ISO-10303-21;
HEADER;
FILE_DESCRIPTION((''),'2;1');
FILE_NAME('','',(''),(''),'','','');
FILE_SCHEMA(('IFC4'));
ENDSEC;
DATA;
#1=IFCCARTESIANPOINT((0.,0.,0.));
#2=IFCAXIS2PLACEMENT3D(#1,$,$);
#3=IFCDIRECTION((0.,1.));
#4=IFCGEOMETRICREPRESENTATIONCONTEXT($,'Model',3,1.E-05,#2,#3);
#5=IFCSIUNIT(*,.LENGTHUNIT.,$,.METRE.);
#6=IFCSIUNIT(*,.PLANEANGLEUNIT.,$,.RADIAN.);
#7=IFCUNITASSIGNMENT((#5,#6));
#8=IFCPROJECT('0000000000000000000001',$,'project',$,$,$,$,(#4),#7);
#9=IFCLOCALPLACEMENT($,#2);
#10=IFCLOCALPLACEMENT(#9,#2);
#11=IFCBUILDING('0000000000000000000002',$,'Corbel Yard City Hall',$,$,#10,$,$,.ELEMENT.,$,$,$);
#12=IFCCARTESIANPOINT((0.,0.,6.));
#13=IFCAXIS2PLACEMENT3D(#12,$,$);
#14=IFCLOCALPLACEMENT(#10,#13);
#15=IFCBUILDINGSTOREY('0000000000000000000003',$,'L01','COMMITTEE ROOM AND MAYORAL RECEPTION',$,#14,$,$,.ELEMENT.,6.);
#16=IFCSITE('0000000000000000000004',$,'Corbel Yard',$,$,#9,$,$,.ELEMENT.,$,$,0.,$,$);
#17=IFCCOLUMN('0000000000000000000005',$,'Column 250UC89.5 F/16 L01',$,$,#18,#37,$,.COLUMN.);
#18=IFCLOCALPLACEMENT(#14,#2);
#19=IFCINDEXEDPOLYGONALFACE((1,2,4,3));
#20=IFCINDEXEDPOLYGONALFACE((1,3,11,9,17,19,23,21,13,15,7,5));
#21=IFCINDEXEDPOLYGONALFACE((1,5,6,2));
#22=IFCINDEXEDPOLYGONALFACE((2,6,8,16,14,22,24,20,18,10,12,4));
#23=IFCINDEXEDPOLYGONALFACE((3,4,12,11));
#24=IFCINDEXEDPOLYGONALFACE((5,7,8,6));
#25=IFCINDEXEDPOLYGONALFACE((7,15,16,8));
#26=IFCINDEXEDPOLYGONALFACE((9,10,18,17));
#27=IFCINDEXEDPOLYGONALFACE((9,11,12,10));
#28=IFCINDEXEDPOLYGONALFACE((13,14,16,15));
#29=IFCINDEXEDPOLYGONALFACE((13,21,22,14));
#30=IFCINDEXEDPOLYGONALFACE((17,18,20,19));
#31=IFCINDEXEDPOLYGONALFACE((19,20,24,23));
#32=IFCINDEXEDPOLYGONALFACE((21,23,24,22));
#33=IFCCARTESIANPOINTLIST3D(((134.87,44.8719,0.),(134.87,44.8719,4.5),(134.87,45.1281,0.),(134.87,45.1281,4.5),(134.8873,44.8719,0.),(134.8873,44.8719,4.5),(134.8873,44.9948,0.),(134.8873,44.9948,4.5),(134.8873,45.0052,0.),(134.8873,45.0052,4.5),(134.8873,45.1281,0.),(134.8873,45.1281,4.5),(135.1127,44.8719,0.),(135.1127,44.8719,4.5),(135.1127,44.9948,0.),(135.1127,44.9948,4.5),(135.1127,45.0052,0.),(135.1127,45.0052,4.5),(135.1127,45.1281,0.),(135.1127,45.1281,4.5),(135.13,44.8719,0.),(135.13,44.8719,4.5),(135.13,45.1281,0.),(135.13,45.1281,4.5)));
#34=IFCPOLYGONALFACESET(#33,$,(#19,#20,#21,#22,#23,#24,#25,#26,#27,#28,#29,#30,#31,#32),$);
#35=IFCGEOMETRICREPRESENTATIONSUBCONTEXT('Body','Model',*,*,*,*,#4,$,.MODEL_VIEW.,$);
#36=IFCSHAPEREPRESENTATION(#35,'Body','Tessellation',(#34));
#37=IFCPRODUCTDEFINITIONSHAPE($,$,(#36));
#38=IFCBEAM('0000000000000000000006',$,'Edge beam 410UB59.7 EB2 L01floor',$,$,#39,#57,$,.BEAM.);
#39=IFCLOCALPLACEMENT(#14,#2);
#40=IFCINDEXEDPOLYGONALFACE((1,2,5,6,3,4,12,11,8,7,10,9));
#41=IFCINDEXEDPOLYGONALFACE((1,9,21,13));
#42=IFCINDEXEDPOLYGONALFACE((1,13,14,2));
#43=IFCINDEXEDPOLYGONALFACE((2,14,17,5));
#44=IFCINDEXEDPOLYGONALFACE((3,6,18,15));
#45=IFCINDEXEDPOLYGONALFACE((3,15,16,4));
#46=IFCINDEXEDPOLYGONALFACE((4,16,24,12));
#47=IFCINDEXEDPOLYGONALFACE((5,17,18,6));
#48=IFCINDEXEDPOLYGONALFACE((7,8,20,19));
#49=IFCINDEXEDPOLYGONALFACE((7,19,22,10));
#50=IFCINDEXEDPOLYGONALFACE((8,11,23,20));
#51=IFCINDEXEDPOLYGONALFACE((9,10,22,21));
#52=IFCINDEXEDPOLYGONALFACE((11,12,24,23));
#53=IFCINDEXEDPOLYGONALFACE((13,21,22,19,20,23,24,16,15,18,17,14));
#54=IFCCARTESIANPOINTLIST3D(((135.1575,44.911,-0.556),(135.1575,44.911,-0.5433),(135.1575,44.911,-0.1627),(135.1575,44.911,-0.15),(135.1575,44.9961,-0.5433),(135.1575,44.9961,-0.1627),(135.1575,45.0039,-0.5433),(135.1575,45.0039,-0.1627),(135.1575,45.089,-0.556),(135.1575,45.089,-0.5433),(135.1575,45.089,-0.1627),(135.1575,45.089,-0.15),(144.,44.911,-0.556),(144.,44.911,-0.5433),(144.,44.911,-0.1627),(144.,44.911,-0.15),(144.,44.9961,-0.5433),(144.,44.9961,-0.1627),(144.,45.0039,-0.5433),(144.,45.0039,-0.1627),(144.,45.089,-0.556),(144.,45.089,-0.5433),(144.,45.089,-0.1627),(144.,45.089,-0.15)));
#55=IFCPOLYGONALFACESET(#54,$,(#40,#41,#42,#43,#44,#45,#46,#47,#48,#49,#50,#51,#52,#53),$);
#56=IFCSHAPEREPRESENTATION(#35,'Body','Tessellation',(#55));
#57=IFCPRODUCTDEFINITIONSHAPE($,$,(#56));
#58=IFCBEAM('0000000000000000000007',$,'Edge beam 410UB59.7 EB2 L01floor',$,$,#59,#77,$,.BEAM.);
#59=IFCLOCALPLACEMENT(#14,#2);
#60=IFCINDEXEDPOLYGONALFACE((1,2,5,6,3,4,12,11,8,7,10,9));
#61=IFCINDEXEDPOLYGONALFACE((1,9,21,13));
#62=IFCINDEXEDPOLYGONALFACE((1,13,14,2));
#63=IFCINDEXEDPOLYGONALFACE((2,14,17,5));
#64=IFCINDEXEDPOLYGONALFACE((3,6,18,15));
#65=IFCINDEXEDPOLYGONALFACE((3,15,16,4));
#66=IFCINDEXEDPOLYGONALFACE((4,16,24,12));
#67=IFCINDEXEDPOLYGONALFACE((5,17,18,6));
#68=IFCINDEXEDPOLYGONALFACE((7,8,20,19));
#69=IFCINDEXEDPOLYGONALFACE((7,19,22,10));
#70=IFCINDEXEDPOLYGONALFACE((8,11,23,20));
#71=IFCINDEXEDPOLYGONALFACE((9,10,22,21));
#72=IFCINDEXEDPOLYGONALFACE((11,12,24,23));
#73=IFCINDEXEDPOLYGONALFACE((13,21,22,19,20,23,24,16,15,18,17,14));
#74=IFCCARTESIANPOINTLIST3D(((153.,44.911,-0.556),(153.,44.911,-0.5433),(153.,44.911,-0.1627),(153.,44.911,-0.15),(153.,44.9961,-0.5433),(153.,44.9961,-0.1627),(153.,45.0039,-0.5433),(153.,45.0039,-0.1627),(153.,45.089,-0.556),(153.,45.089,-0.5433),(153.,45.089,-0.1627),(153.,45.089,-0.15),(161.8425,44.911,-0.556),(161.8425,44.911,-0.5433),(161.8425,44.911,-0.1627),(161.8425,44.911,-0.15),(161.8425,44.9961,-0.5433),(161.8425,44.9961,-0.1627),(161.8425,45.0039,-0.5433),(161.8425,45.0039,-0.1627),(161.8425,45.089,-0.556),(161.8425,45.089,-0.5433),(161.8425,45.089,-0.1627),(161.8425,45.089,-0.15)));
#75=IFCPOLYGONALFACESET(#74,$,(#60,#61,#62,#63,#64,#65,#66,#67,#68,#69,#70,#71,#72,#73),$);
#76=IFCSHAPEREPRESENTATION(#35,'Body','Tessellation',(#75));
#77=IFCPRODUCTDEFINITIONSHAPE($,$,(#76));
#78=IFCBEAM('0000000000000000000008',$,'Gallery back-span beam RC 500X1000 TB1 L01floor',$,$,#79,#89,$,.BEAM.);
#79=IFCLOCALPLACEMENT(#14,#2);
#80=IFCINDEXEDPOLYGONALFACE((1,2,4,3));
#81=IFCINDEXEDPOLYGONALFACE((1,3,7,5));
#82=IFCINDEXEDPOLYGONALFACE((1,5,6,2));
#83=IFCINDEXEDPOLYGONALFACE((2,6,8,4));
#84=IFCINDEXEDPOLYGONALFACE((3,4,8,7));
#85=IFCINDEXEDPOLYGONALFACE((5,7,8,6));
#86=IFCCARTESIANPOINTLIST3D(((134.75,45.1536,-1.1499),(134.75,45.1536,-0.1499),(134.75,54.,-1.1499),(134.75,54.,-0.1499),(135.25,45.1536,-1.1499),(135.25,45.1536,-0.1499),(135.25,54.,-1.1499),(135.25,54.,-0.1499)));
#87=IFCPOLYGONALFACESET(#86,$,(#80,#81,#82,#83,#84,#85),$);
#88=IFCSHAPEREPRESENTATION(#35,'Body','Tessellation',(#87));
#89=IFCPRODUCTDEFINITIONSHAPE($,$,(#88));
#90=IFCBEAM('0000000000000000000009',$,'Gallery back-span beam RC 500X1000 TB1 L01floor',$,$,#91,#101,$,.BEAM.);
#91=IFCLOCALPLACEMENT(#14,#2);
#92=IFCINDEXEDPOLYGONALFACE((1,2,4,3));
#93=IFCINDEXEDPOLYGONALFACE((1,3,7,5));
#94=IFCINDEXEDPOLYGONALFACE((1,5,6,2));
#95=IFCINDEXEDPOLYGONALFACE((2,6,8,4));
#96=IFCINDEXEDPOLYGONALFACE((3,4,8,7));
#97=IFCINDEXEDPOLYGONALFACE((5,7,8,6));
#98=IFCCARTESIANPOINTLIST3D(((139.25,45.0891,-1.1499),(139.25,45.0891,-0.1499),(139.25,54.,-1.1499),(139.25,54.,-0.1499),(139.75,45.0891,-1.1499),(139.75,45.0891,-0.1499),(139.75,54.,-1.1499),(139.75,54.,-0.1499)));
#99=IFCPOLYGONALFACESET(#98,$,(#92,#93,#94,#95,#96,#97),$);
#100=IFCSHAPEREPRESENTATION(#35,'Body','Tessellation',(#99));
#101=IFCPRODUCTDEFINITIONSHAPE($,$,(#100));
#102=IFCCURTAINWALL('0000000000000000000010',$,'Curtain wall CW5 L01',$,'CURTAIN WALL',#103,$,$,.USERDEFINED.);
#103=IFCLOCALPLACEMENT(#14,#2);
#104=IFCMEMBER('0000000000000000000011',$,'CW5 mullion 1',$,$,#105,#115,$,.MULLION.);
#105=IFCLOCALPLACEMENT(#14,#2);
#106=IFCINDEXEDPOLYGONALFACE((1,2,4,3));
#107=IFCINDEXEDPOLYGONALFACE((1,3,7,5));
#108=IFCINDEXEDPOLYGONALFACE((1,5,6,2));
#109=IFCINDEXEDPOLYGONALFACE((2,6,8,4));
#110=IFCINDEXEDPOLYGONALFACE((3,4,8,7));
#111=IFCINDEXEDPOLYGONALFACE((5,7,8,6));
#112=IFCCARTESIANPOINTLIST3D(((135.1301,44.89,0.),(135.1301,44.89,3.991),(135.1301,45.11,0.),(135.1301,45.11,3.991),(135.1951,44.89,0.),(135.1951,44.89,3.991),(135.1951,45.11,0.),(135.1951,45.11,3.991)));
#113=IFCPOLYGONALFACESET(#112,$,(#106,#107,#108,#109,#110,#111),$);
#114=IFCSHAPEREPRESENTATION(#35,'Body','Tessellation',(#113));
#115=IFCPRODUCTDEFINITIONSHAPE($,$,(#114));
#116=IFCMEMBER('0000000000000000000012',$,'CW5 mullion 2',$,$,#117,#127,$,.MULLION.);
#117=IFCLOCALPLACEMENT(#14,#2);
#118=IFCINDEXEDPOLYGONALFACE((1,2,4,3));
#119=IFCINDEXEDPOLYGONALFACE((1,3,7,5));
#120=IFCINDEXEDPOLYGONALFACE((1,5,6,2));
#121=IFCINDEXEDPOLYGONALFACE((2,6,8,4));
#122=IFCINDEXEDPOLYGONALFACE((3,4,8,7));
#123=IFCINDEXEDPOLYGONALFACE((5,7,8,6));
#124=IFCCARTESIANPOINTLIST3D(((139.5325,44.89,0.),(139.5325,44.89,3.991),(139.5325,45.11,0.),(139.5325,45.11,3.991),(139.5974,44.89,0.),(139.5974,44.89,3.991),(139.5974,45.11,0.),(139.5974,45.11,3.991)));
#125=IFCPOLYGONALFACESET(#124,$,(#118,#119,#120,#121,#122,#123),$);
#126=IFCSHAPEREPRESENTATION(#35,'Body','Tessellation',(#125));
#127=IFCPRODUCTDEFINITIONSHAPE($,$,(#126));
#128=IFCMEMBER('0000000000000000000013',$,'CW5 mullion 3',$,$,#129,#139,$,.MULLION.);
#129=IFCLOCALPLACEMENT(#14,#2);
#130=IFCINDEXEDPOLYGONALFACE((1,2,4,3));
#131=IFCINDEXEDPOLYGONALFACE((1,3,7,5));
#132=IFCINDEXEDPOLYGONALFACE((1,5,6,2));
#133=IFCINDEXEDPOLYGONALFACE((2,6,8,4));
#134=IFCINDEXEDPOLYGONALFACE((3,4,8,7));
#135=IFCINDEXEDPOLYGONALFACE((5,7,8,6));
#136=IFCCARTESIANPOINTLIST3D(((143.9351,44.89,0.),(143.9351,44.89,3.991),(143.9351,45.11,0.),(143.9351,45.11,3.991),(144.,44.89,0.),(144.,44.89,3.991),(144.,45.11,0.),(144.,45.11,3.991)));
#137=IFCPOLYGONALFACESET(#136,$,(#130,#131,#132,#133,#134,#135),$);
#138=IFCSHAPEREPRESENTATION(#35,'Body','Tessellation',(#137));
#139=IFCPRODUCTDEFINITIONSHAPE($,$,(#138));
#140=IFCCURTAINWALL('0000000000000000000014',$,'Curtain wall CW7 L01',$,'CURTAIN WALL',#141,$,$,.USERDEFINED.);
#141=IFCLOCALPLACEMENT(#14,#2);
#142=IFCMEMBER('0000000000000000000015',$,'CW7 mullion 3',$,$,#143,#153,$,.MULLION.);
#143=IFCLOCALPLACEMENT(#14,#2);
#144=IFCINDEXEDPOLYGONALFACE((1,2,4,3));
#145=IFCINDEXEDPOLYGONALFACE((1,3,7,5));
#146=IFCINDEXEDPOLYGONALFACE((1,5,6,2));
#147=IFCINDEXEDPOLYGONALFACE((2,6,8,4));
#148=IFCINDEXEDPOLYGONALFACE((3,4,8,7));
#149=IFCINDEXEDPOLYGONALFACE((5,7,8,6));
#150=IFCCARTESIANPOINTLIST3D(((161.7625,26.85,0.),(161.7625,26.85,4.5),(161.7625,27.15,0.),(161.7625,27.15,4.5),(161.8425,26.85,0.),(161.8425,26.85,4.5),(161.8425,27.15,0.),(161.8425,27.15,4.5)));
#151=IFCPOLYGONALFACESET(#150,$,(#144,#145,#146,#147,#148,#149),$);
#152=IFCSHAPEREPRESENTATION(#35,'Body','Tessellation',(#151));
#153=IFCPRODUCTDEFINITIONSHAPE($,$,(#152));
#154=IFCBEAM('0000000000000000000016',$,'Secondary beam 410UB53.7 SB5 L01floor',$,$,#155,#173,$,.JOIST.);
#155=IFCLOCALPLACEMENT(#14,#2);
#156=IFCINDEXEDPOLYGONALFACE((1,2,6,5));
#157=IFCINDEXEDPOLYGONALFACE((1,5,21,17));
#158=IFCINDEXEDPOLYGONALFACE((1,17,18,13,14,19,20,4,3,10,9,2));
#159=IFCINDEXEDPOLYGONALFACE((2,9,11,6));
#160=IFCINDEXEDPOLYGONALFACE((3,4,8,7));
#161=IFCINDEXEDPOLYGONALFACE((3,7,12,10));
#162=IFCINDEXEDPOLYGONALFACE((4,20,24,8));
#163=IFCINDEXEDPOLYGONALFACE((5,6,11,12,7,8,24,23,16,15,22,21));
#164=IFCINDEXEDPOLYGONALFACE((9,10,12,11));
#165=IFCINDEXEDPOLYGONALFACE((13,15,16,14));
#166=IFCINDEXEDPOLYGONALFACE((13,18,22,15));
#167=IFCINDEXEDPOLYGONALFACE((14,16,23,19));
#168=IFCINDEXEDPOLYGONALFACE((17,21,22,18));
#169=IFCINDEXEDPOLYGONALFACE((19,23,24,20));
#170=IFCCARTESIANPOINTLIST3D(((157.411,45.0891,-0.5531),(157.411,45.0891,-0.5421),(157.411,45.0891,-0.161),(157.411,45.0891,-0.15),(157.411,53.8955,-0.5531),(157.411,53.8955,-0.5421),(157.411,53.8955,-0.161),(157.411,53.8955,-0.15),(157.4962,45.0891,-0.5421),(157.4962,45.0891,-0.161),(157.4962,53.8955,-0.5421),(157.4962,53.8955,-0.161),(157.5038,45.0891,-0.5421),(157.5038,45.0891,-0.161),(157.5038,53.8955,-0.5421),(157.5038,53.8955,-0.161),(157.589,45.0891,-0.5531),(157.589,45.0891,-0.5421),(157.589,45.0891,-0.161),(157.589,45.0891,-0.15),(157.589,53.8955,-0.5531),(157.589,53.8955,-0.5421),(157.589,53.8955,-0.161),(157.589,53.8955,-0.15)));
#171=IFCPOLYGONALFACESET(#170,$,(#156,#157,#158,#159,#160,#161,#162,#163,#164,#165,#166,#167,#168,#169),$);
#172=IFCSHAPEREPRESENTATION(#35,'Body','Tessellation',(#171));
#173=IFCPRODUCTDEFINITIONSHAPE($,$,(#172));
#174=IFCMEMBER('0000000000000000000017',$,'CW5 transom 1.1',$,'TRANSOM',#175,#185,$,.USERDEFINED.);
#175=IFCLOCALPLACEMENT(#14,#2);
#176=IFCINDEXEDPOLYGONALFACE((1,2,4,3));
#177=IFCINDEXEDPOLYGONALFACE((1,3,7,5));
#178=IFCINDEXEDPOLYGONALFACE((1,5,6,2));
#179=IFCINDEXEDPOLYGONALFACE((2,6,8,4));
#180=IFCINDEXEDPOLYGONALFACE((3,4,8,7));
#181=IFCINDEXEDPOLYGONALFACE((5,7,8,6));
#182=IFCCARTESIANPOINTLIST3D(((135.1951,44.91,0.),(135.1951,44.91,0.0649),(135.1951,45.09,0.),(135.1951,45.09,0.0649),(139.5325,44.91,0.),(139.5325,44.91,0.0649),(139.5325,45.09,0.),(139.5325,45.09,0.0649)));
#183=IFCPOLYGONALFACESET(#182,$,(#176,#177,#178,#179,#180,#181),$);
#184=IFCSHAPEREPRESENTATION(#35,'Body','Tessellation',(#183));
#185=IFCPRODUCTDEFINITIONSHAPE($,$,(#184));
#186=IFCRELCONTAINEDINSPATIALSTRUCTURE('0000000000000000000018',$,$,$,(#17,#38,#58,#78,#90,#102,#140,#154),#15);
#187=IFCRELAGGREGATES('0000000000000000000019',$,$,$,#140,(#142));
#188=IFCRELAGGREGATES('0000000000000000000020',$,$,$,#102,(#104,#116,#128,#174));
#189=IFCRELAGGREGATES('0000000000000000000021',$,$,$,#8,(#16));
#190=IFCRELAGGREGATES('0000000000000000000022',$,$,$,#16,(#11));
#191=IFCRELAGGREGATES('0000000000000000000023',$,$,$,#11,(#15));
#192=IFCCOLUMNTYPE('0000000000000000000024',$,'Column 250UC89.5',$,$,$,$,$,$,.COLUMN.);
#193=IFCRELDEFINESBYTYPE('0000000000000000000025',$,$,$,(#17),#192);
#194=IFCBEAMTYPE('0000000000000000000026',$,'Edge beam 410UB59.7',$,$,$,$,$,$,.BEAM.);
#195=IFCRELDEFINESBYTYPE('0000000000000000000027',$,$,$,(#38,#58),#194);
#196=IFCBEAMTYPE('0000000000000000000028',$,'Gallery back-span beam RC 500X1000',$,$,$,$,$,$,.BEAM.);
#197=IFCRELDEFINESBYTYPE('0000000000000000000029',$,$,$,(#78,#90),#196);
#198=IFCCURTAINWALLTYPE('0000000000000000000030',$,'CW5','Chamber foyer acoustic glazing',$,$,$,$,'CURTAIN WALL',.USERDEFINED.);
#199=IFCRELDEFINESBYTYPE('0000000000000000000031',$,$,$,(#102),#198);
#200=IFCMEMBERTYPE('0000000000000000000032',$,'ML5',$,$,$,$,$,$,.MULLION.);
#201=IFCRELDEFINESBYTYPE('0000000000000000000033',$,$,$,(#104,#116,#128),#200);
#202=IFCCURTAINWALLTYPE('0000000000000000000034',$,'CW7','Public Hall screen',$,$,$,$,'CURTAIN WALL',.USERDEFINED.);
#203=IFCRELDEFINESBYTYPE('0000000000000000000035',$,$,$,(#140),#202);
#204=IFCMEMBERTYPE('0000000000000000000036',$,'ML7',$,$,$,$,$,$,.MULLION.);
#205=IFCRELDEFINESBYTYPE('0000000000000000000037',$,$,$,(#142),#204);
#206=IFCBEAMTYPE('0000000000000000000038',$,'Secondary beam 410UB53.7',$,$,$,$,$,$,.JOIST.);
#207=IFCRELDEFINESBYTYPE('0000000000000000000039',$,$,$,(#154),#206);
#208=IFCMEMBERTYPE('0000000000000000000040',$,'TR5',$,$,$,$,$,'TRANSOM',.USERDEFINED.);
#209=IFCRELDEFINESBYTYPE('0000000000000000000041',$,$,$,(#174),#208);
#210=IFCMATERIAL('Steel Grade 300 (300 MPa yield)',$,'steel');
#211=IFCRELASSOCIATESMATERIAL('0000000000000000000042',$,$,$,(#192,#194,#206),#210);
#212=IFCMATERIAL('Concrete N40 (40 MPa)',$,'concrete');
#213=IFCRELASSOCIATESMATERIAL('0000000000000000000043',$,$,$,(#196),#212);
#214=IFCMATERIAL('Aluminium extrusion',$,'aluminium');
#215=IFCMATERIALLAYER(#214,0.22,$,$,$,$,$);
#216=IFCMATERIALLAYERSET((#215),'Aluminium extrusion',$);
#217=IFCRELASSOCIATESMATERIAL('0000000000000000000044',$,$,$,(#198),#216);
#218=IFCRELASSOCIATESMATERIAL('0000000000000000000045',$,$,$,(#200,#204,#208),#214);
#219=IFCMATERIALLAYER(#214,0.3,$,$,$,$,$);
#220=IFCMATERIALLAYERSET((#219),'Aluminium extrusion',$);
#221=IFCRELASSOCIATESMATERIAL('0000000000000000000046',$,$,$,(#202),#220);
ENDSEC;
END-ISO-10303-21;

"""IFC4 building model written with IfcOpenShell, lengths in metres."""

from ifc_helpers import new_model, si_unit, direction, frame, origin, origin_2d, place, context, subcontext, project, spatial, rectangle, i_section, extrude, material, layer, layer_set, material_profile, profile_set, type_object, element, aggregate, save


model = new_model("IFC4")

# Units and contexts
model_context = context("Model", 3, precision=1e-05, world=origin(), true_north=direction((0.0, 1.0)))
body_context = subcontext(model_context, "Body", "Model", "MODEL_VIEW")
ifc_project = project(units=[si_unit("LENGTHUNIT", "METRE"), si_unit("PLANEANGLEUNIT", "RADIAN")], contexts=[model_context])

# Site, building, storey
site_placement = place(None, origin())
site = spatial("IfcSite", under=ifc_project, at=site_placement, Name="Corbel Yard", CompositionType="ELEMENT", RefElevation=0.0)
building_placement = place(site_placement, origin())
building = spatial("IfcBuilding", under=site, at=building_placement, Name="Corbel Yard City Hall", CompositionType="ELEMENT")
storey_placement = place(building_placement, frame((0.0, 0.0, 6.0)))
storey = spatial("IfcBuildingStorey", under=building, at=storey_placement, Name="L01", Description="COMMITTEE ROOM AND MAYORAL RECEPTION", CompositionType="ELEMENT", Elevation=6.0)

# Column
ifc_material_1 = material(Name="Steel Grade 300 (300 MPa yield)", Category="steel")
ifc_material_profile_1 = material_profile(ifc_material_1, i_section(OverallWidth=0.2561, OverallDepth=0.26, WebThickness=0.0105, FlangeThickness=0.0173, at=origin_2d()), Name="250UC89.5")
ifc_profile_set_1 = profile_set([ifc_material_profile_1], Name="Steel Grade 300 (300 MPa yield)")
column_type = type_object("IfcColumnType", Name="Column 250UC89.5", PredefinedType="COLUMN", material=ifc_profile_set_1)
column_placement = place(storey_placement, frame((135.0, 45.0, 0.0), z_axis=(0.0, 0.0, 1.0), x_axis=(0.0, 1.0, 0.0)))
element("IfcColumn", 1, at=column_placement, inside=storey, type_object=column_type, Name="Column 250UC89.5 F/16 L01", PredefinedType="COLUMN", context=body_context, shape_type="SweptSolid", body=[
    extrude(i_section(OverallWidth=0.2561, OverallDepth=0.26, WebThickness=0.0105, FlangeThickness=0.0173, at=origin_2d()), origin(), (0.0, 0.0, 1.0), 4.5),
])

# Beams
ifc_material_profile_2 = material_profile(ifc_material_1, i_section(OverallWidth=0.178, OverallDepth=0.406, WebThickness=0.0078, FlangeThickness=0.0127, at=origin_2d()), Name="410UB59.7")
ifc_profile_set_2 = profile_set([ifc_material_profile_2], Name="Steel Grade 300 (300 MPa yield)")
beam_type_1 = type_object("IfcBeamType", Name="Edge beam 410UB59.7", PredefinedType="BEAM", material=ifc_profile_set_2)
for number, where, z_axis, x_axis, name in (
    (2, (135.1575, 45.0, -0.353), (1.0, 0.0, 0.0), (0.0, 1.0, 0.0), "Edge beam 410UB59.7 EB2 L01floor"),
    (3, (153.0, 45.0, -0.353), (1.0, 0.0, 0.0), (0.0, 1.0, 0.0), "Edge beam 410UB59.7 EB2 L01floor"),
):
    element("IfcBeam", number, at=place(storey_placement, frame(where, z_axis=z_axis, x_axis=x_axis)), inside=storey, type_object=beam_type_1, Name=name, PredefinedType="BEAM", context=body_context, shape_type="SweptSolid", body=[
        extrude(i_section(OverallWidth=0.178, OverallDepth=0.406, WebThickness=0.0078, FlangeThickness=0.0127, at=origin_2d()), origin(), (0.0, 0.0, 1.0), 8.8425),
    ])
ifc_material_2 = material(Name="Concrete N40 (40 MPa)", Category="concrete")
ifc_material_profile_3 = material_profile(ifc_material_2, rectangle(XDim=0.5, YDim=1.0, at=origin_2d()), Name="500x1000")
ifc_profile_set_3 = profile_set([ifc_material_profile_3], Name="Concrete N40 (40 MPa)")
beam_type_2 = type_object("IfcBeamType", Name="Gallery back-span beam RC 500X1000", PredefinedType="BEAM", material=ifc_profile_set_3)
beam_1_placement = place(storey_placement, frame((135.0, 45.1536, -0.6499), z_axis=(0.0, 1.0, 0.0), x_axis=(-1.0, 0.0, 0.0)))
element("IfcBeam", 4, at=beam_1_placement, inside=storey, type_object=beam_type_2, Name="Gallery back-span beam RC 500X1000 TB1 L01floor", PredefinedType="BEAM", context=body_context, shape_type="SweptSolid", body=[
    extrude(rectangle(XDim=0.5, YDim=1.0, at=origin_2d()), origin(), (0.0, 0.0, 1.0), 8.8464),
])
beam_2_placement = place(storey_placement, frame((139.5, 45.0891, -0.6499), z_axis=(0.0, 1.0, 0.0), x_axis=(-1.0, 0.0, 0.0)))
element("IfcBeam", 5, at=beam_2_placement, inside=storey, type_object=beam_type_2, Name="Gallery back-span beam RC 500X1000 TB1 L01floor", PredefinedType="BEAM", context=body_context, shape_type="SweptSolid", body=[
    extrude(rectangle(XDim=0.5, YDim=1.0, at=origin_2d()), origin(), (0.0, 0.0, 1.0), 8.9109),
])

# Curtain wall, members
ifc_material_3 = material(Name="Aluminium extrusion", Category="aluminium")
ifc_layer_1 = layer(ifc_material_3, 0.22)
ifc_layer_set_1 = layer_set([ifc_layer_1], Name="Aluminium extrusion")
curtain_wall_type_1 = type_object("IfcCurtainWallType", Name="CW5", Description="Chamber foyer acoustic glazing", ElementType="CURTAIN WALL", PredefinedType="USERDEFINED", material=ifc_layer_set_1)
curtain_wall_1_placement = place(storey_placement, origin())
curtain_wall_1 = element("IfcCurtainWall", 6, at=curtain_wall_1_placement, inside=storey, type_object=curtain_wall_type_1, Name="Curtain wall CW5 L01", ObjectType="CURTAIN WALL", PredefinedType="USERDEFINED")
ifc_material_profile_4 = material_profile(ifc_material_3, rectangle(XDim=0.22, YDim=0.0649, at=origin_2d()), Name="220x65")
ifc_profile_set_4 = profile_set([ifc_material_profile_4], Name="Aluminium extrusion")
member_type_1 = type_object("IfcMemberType", Name="ML5", PredefinedType="MULLION", material=ifc_profile_set_4)
member_1_placement = place(storey_placement, frame((135.1626, 45.0, 0.0), z_axis=(0.0, 0.0, 1.0), x_axis=(0.0, 1.0, 0.0)))
member_1 = element("IfcMember", 7, at=member_1_placement, type_object=member_type_1, Name="CW5 mullion 1", PredefinedType="MULLION", context=body_context, shape_type="SweptSolid", body=[
    extrude(rectangle(XDim=0.22, YDim=0.0649, at=origin_2d()), origin(), (0.0, 0.0, 1.0), 3.991),
])
member_2_placement = place(storey_placement, frame((139.5649, 45.0, 0.0), z_axis=(0.0, 0.0, 1.0), x_axis=(0.0, 1.0, 0.0)))
member_2 = element("IfcMember", 8, at=member_2_placement, type_object=member_type_1, Name="CW5 mullion 2", PredefinedType="MULLION", context=body_context, shape_type="SweptSolid", body=[
    extrude(rectangle(XDim=0.22, YDim=0.0649, at=origin_2d()), origin(), (0.0, 0.0, 1.0), 3.991),
])
member_3_placement = place(storey_placement, frame((143.9675, 45.0, 0.0), z_axis=(0.0, 0.0, 1.0), x_axis=(0.0, 1.0, 0.0)))
member_3 = element("IfcMember", 9, at=member_3_placement, type_object=member_type_1, Name="CW5 mullion 3", PredefinedType="MULLION", context=body_context, shape_type="SweptSolid", body=[
    extrude(rectangle(XDim=0.22, YDim=0.0649, at=origin_2d()), origin(), (0.0, 0.0, 1.0), 3.991),
])

# Curtain wall, member
ifc_layer_2 = layer(ifc_material_3, 0.3)
ifc_layer_set_2 = layer_set([ifc_layer_2], Name="Aluminium extrusion")
curtain_wall_type_2 = type_object("IfcCurtainWallType", Name="CW7", Description="Public Hall screen", ElementType="CURTAIN WALL", PredefinedType="USERDEFINED", material=ifc_layer_set_2)
curtain_wall_2_placement = place(storey_placement, origin())
curtain_wall_2 = element("IfcCurtainWall", 10, at=curtain_wall_2_placement, inside=storey, type_object=curtain_wall_type_2, Name="Curtain wall CW7 L01", ObjectType="CURTAIN WALL", PredefinedType="USERDEFINED")
ifc_material_profile_5 = material_profile(ifc_material_3, rectangle(XDim=0.3, YDim=0.0801, at=origin_2d()), Name="300x80")
ifc_profile_set_5 = profile_set([ifc_material_profile_5], Name="Aluminium extrusion")
member_type_2 = type_object("IfcMemberType", Name="ML7", PredefinedType="MULLION", material=ifc_profile_set_5)
member_4_placement = place(storey_placement, frame((161.8025, 27.0, 0.0), z_axis=(0.0, 0.0, 1.0), x_axis=(0.0, 1.0, 0.0)))
member_4 = element("IfcMember", 11, at=member_4_placement, type_object=member_type_2, Name="CW7 mullion 3", PredefinedType="MULLION", context=body_context, shape_type="SweptSolid", body=[
    extrude(rectangle(XDim=0.3, YDim=0.0801, at=origin_2d()), origin(), (0.0, 0.0, 1.0), 4.5),
])
aggregate(curtain_wall_2, [member_4])

# Beam
ifc_material_profile_6 = material_profile(ifc_material_1, i_section(OverallWidth=0.178, OverallDepth=0.4031, WebThickness=0.0076, FlangeThickness=0.011, at=origin_2d()), Name="410UB53.7")
ifc_profile_set_6 = profile_set([ifc_material_profile_6], Name="Steel Grade 300 (300 MPa yield)")
beam_type_3 = type_object("IfcBeamType", Name="Secondary beam 410UB53.7", PredefinedType="JOIST", material=ifc_profile_set_6)
beam_3_placement = place(storey_placement, frame((157.5, 45.0891, -0.3516), z_axis=(0.0, 1.0, 0.0), x_axis=(-1.0, 0.0, 0.0)))
element("IfcBeam", 12, at=beam_3_placement, inside=storey, type_object=beam_type_3, Name="Secondary beam 410UB53.7 SB5 L01floor", PredefinedType="JOIST", context=body_context, shape_type="SweptSolid", body=[
    extrude(i_section(OverallWidth=0.178, OverallDepth=0.4031, WebThickness=0.0076, FlangeThickness=0.011, at=origin_2d()), origin(), (0.0, 0.0, 1.0), 8.8064),
])

# Member
ifc_material_profile_7 = material_profile(ifc_material_3, rectangle(XDim=0.1799, YDim=0.0649, at=origin_2d()), Name="180x65")
ifc_profile_set_7 = profile_set([ifc_material_profile_7], Name="Aluminium extrusion")
member_type_3 = type_object("IfcMemberType", Name="TR5", ElementType="TRANSOM", PredefinedType="USERDEFINED", material=ifc_profile_set_7)
member_5_placement = place(storey_placement, frame((135.1951, 45.0, 0.0325), z_axis=(1.0, 0.0, 0.0), x_axis=(0.0, 1.0, 0.0)))
member_5 = element("IfcMember", 13, at=member_5_placement, type_object=member_type_3, Name="CW5 transom 1.1", ObjectType="TRANSOM", PredefinedType="USERDEFINED", context=body_context, shape_type="SweptSolid", body=[
    extrude(rectangle(XDim=0.1799, YDim=0.0649, at=origin_2d()), origin(), (0.0, 0.0, 1.0), 4.3374),
])

aggregate(curtain_wall_1, [member_1, member_2, member_3, member_5])

save(model, "model.ifc")
